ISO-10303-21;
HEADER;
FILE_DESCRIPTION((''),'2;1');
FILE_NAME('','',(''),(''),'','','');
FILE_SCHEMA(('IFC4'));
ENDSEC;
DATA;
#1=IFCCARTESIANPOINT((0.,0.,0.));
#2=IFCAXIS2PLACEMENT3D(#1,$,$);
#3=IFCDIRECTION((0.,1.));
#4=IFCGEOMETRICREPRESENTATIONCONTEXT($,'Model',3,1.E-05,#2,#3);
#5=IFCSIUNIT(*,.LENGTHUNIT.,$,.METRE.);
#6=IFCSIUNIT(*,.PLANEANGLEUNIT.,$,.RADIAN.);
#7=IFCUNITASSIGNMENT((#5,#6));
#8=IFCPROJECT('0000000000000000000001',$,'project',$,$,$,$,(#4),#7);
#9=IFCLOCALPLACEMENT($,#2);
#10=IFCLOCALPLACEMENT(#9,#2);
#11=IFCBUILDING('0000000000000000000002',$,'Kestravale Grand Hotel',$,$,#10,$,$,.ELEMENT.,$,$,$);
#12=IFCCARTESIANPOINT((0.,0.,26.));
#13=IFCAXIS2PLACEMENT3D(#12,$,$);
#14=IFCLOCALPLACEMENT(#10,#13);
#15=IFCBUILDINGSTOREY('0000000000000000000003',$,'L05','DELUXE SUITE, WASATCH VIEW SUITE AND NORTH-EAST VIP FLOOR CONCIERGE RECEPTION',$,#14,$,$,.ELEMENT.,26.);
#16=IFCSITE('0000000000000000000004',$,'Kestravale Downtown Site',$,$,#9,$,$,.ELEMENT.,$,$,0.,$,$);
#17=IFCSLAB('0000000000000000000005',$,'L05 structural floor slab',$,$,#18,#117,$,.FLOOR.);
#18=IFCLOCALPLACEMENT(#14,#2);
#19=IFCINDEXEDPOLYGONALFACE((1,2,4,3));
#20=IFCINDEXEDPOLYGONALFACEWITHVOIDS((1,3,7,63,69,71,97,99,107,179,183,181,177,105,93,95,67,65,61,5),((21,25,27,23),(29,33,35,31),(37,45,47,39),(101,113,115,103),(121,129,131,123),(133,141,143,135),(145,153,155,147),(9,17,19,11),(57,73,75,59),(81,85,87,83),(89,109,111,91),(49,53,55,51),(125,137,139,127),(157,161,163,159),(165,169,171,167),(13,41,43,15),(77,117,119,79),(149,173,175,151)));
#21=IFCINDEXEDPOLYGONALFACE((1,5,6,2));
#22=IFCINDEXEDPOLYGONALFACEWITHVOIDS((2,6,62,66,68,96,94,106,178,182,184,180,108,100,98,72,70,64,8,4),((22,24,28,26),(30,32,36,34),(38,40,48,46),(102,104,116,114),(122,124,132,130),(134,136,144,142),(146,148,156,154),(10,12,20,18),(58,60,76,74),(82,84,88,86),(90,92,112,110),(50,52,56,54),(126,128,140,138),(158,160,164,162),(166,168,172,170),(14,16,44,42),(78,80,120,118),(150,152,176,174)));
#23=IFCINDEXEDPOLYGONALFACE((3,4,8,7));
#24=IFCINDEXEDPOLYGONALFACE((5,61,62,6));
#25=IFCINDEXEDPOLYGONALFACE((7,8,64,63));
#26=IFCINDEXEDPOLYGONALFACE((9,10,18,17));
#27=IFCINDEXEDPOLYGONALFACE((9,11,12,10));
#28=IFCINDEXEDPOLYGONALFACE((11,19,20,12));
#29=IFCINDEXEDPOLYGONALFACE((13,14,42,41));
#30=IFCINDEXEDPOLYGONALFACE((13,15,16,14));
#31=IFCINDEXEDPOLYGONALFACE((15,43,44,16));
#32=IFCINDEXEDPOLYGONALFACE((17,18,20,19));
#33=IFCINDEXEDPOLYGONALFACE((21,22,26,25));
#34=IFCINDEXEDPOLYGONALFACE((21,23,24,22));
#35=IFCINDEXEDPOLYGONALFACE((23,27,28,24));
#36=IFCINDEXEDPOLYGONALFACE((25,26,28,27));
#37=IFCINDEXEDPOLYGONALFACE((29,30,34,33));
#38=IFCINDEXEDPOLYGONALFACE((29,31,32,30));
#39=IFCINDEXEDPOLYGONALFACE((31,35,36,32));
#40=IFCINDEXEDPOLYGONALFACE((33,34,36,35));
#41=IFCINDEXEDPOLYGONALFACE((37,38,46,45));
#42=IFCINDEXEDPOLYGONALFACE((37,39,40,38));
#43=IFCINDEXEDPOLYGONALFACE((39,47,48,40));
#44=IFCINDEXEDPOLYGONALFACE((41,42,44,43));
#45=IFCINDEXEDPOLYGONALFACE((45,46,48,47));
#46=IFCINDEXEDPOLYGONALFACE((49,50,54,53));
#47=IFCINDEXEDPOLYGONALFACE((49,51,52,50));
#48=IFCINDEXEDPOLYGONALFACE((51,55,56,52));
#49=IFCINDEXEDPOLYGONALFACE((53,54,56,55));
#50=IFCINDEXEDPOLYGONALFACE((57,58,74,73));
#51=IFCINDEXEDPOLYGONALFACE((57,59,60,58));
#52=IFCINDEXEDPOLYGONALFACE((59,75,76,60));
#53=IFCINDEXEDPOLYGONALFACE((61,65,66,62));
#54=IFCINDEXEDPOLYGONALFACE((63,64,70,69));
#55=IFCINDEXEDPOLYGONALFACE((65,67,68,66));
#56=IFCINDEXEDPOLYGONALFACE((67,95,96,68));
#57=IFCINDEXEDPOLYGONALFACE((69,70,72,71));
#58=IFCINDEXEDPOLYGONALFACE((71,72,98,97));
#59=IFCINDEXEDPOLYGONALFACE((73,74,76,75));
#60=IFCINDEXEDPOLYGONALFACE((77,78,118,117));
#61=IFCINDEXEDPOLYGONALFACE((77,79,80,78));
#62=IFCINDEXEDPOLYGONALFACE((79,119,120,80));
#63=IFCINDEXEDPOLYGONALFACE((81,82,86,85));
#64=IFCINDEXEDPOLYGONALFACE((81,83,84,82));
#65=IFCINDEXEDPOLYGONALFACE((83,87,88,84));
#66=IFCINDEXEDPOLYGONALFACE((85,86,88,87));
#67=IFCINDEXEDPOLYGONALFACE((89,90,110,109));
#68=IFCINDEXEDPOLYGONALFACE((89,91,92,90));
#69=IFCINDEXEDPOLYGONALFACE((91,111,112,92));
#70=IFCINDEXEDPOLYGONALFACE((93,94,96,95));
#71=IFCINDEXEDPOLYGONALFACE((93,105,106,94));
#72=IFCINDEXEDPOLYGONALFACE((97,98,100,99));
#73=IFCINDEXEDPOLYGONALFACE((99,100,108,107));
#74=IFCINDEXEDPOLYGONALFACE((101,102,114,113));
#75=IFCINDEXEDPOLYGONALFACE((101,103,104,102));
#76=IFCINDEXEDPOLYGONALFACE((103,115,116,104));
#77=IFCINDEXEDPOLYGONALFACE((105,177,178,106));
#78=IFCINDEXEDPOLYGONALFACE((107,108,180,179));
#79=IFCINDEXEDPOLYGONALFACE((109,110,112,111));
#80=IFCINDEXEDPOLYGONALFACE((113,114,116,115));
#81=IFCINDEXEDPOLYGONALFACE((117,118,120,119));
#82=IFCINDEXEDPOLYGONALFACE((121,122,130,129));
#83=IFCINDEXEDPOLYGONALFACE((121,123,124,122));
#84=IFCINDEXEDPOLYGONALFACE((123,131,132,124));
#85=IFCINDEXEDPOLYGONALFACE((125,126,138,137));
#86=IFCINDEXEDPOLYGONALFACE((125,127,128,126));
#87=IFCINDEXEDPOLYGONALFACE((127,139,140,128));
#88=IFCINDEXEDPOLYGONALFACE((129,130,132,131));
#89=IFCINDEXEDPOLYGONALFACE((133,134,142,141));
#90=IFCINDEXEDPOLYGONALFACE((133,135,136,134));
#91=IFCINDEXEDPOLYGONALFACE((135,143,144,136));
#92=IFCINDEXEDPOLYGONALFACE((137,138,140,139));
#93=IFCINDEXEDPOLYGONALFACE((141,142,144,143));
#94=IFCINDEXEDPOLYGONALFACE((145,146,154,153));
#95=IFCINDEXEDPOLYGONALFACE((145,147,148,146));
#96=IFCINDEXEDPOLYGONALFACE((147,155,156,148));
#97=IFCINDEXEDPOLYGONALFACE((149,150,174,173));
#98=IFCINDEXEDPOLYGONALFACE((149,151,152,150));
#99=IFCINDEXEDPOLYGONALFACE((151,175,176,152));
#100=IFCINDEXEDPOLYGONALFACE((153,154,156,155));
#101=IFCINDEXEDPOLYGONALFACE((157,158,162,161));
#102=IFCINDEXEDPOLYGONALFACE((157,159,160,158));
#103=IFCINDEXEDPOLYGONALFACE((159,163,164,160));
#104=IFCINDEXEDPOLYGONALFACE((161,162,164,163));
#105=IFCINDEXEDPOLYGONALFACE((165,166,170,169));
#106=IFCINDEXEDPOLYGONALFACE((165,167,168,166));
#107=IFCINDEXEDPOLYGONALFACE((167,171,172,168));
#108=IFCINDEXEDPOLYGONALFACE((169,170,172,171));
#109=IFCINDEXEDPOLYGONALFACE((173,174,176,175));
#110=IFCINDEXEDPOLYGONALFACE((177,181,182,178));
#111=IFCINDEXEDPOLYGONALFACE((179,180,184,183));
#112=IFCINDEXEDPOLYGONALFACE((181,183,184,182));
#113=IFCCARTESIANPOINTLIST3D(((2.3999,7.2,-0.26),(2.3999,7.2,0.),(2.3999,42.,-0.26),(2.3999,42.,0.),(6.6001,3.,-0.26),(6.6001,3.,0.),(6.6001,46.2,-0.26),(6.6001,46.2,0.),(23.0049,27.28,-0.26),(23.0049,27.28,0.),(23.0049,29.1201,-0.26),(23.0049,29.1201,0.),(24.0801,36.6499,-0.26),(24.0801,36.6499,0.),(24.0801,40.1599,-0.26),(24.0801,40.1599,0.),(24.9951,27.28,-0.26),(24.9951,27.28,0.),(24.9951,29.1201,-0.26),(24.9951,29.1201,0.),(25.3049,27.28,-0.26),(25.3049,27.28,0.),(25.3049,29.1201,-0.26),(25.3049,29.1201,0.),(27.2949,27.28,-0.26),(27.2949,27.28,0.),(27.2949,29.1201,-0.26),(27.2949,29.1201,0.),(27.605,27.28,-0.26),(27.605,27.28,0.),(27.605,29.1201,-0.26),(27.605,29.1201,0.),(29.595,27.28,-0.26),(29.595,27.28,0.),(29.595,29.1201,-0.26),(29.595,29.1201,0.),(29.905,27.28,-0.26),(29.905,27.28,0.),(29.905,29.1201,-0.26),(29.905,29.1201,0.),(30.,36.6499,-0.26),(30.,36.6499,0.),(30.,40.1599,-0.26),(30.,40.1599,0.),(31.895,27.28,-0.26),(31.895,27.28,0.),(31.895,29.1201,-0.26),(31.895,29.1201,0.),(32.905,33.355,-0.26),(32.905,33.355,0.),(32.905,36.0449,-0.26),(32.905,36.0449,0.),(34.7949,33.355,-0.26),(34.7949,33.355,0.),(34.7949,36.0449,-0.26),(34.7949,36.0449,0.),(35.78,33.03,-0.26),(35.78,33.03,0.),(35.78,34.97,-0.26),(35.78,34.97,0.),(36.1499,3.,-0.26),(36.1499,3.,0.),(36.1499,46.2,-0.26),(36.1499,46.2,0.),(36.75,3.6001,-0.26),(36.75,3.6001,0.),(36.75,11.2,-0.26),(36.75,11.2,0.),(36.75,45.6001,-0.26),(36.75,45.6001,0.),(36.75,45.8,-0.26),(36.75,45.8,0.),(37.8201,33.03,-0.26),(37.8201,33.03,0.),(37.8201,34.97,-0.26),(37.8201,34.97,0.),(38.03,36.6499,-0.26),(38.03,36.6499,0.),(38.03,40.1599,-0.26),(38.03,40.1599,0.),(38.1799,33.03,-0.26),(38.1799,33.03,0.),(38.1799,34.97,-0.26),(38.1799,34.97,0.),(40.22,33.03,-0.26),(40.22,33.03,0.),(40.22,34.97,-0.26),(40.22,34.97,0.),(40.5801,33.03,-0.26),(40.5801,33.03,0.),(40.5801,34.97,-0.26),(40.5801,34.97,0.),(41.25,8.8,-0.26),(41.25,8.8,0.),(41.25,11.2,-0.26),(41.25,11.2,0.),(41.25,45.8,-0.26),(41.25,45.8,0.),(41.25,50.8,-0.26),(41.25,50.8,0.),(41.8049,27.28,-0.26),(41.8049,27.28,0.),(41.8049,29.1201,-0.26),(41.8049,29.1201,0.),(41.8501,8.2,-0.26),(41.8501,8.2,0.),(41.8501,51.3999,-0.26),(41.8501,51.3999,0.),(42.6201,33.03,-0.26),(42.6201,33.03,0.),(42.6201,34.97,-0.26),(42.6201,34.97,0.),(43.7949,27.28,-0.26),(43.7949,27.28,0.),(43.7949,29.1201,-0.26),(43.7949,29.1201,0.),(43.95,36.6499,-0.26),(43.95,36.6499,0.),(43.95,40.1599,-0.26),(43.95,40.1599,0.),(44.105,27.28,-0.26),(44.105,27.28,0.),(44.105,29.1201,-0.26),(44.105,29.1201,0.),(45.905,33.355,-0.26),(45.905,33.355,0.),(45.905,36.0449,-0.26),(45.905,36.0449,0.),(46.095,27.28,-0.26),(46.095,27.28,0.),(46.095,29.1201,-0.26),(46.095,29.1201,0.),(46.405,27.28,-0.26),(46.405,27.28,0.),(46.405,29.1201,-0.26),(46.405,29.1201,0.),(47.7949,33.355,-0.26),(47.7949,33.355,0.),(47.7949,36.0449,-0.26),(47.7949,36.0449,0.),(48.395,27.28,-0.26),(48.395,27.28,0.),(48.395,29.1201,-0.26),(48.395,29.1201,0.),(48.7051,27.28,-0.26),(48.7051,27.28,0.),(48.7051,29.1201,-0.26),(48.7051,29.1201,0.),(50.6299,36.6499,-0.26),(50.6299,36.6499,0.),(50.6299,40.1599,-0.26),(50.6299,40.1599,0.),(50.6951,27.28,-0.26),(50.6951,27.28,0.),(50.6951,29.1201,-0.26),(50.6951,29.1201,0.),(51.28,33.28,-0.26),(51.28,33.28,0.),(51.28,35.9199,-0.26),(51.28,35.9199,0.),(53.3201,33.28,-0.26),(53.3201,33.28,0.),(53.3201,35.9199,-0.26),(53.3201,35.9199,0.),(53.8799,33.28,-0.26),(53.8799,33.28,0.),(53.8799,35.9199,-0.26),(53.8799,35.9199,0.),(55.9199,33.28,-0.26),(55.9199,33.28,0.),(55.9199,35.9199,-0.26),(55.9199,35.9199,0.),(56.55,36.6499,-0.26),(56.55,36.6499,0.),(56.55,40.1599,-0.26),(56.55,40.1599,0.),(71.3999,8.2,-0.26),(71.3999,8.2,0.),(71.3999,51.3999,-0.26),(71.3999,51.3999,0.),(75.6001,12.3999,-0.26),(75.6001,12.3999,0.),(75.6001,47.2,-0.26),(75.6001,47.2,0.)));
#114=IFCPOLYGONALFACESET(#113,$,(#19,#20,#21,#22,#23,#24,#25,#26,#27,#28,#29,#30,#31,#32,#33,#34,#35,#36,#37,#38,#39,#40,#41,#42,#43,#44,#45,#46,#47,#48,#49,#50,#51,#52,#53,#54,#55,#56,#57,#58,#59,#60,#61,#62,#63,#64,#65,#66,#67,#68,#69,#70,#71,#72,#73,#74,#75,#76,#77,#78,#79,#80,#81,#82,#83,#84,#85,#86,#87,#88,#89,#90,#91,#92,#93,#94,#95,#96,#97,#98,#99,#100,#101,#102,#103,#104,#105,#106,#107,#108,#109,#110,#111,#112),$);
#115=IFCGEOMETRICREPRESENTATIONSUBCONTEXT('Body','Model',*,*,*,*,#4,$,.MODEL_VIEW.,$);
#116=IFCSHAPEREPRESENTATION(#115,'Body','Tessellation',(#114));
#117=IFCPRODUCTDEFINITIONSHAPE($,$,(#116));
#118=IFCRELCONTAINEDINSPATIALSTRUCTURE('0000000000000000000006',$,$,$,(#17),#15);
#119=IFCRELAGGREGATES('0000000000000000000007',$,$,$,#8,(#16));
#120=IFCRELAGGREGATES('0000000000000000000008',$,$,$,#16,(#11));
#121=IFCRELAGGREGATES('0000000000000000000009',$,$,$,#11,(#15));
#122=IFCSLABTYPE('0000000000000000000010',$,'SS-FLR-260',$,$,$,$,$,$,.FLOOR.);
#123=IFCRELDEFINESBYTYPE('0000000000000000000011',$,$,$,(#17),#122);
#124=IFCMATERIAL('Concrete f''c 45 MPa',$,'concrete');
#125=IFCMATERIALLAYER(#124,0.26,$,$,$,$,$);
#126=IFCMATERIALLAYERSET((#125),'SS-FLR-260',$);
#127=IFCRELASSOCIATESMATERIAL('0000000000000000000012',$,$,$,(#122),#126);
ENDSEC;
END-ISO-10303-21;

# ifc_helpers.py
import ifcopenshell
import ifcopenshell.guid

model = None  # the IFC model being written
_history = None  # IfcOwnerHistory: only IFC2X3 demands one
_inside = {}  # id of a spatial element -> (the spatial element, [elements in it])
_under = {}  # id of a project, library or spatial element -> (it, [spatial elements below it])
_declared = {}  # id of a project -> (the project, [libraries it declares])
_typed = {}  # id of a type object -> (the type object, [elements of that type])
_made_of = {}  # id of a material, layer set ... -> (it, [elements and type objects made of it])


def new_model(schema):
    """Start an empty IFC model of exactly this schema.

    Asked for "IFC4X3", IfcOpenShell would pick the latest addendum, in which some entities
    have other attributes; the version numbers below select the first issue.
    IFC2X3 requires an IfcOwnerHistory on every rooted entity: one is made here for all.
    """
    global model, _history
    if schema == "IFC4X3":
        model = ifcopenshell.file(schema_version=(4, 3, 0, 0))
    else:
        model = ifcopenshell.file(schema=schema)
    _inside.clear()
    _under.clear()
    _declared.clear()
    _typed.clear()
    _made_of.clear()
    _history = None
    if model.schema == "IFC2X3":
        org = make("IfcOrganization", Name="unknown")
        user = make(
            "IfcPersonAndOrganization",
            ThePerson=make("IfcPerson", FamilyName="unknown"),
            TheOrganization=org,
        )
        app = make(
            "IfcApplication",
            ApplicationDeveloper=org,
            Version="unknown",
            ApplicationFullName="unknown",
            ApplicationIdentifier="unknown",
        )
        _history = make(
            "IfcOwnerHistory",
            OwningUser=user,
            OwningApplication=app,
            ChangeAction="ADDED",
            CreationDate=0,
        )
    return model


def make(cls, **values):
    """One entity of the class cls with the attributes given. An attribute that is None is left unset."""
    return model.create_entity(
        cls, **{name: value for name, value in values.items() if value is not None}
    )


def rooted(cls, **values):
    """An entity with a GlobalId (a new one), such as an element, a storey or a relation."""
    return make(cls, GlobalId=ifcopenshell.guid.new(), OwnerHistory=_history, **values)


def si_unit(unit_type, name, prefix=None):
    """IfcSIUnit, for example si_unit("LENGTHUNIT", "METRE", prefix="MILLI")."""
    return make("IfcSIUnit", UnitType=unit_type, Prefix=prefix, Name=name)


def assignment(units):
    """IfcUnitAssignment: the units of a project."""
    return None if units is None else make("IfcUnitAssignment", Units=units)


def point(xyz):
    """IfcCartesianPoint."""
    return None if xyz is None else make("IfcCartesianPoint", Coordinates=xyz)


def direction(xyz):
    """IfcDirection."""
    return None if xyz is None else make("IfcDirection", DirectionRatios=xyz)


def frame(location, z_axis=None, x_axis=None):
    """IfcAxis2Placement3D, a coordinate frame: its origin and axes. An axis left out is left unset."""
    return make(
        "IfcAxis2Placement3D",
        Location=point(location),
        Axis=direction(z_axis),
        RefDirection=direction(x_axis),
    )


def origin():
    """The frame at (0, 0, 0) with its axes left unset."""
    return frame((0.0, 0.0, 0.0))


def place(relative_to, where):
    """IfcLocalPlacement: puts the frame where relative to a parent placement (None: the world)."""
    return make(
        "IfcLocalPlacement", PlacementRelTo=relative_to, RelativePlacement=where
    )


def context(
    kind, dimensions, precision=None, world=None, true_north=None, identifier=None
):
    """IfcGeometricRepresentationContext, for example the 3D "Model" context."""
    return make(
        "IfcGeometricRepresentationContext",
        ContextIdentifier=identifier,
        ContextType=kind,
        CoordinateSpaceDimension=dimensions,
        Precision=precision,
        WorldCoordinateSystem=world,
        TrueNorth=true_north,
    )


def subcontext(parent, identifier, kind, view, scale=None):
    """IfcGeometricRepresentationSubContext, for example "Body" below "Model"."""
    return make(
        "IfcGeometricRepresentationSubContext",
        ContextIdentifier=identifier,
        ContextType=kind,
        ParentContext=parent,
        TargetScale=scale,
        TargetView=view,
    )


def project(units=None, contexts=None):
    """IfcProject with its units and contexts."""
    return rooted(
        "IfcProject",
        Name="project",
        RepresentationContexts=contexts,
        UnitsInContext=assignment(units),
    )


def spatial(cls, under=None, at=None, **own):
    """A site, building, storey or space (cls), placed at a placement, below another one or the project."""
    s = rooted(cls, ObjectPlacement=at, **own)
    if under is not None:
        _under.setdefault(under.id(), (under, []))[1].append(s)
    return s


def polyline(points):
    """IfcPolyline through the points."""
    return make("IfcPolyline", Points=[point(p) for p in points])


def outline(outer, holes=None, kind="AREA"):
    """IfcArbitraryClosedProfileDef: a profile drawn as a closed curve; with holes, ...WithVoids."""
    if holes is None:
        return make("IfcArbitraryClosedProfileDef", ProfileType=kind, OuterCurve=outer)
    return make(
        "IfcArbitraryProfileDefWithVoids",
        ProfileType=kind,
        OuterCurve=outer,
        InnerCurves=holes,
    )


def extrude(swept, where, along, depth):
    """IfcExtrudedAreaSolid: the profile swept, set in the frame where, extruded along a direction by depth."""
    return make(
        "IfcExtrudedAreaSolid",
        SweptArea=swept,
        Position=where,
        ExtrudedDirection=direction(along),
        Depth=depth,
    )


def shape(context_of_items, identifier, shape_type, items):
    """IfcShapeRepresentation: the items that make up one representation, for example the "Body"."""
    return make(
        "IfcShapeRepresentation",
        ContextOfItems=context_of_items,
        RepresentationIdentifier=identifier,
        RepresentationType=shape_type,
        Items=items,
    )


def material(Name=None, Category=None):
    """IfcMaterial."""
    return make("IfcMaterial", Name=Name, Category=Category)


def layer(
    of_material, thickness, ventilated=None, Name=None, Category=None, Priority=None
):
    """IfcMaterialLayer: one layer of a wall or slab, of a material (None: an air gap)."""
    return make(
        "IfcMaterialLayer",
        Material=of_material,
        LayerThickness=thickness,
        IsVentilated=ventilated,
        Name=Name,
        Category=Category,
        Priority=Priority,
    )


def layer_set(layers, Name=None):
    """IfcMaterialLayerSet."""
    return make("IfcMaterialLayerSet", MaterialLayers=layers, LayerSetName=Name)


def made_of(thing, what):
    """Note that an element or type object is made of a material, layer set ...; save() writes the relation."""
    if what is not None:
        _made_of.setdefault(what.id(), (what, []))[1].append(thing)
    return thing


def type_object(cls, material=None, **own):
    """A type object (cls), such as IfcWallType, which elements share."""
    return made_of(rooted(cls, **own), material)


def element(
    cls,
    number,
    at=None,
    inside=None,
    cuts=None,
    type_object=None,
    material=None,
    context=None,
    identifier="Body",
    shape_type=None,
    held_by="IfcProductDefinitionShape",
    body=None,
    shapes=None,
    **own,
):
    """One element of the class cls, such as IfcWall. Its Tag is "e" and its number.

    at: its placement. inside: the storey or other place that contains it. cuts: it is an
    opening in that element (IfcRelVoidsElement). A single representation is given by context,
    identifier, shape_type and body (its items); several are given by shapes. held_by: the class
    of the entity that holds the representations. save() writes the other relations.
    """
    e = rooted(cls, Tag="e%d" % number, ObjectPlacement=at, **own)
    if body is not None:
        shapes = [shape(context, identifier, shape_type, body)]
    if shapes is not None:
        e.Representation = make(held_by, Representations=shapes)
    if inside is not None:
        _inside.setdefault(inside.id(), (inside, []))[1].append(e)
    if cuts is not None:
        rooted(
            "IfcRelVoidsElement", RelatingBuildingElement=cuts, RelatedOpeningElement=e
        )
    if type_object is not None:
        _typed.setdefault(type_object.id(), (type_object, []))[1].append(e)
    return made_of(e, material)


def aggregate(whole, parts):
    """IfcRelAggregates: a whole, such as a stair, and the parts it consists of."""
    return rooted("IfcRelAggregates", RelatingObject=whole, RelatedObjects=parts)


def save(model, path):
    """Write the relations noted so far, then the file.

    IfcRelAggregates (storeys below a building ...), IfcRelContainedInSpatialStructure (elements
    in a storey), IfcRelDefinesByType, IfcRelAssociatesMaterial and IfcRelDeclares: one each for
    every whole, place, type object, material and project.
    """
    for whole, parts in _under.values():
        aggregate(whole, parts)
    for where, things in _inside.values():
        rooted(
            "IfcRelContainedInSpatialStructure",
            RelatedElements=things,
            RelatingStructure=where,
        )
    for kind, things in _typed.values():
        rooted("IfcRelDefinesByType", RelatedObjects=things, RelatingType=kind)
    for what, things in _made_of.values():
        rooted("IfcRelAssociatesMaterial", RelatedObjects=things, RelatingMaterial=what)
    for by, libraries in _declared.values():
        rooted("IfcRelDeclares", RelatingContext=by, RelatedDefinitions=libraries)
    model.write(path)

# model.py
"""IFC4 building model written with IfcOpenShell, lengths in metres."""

from ifc_helpers import new_model, si_unit, direction, frame, origin, place, context, subcontext, project, spatial, polyline, outline, extrude, material, layer, layer_set, type_object, element, save


model = new_model("IFC4")

# Units and contexts
model_context = context("Model", 3, precision=1e-05, world=origin(), true_north=direction((0.0, 1.0)))
body_context = subcontext(model_context, "Body", "Model", "MODEL_VIEW")
ifc_project = project(units=[si_unit("LENGTHUNIT", "METRE"), si_unit("PLANEANGLEUNIT", "RADIAN")], contexts=[model_context])

# Site, building, storey
site_placement = place(None, origin())
site = spatial("IfcSite", under=ifc_project, at=site_placement, Name="Kestravale Downtown Site", CompositionType="ELEMENT", RefElevation=0.0)
building_placement = place(site_placement, origin())
building = spatial("IfcBuilding", under=site, at=building_placement, Name="Kestravale Grand Hotel", CompositionType="ELEMENT")
storey_placement = place(building_placement, frame((0.0, 0.0, 26.0)))
storey = spatial("IfcBuildingStorey", under=building, at=storey_placement, Name="L05", Description="DELUXE SUITE, WASATCH VIEW SUITE AND NORTH-EAST VIP FLOOR CONCIERGE RECEPTION", CompositionType="ELEMENT", Elevation=26.0)

# Slab
ifc_material_1 = material(Name="Concrete f'c 45 MPa", Category="concrete")
ifc_layer_1 = layer(ifc_material_1, 0.26)
ifc_layer_set_1 = layer_set([ifc_layer_1], Name="SS-FLR-260")
slab_type_1 = type_object("IfcSlabType", Name="SS-FLR-260", PredefinedType="FLOOR", material=ifc_layer_set_1)
slab_1_placement = place(storey_placement, frame((0.0, 0.0, -0.26)))
element("IfcSlab", 1, at=slab_1_placement, inside=storey, type_object=slab_type_1, Name="L05 structural floor slab", PredefinedType="FLOOR", context=body_context, shape_type="SweptSolid", body=[
    extrude(outline(polyline([(6.6001, 3.0), (36.1499, 3.0), (36.75, 3.6001), (36.75, 11.2), (41.25, 11.2), (41.25, 8.8), (41.8501, 8.2), (71.3999, 8.2), (75.6001, 12.3999), (75.6001, 47.2), (71.3999, 51.3999), (41.8501, 51.3999), (41.25, 50.8), (41.25, 45.8), (36.75, 45.8), (36.75, 45.6001), (36.1499, 46.2), (6.6001, 46.2), (2.3999, 42.0), (2.3999, 7.2), (6.6001, 3.0)]), holes=[polyline([(24.0801, 36.6499), (30.0, 36.6499), (30.0, 40.1599), (24.0801, 40.1599), (24.0801, 36.6499)]), polyline([(38.03, 36.6499), (43.95, 36.6499), (43.95, 40.1599), (38.03, 40.1599), (38.03, 36.6499)]), polyline([(50.6299, 36.6499), (56.55, 36.6499), (56.55, 40.1599), (50.6299, 40.1599), (50.6299, 36.6499)]), polyline([(23.0049, 27.28), (24.9951, 27.28), (24.9951, 29.1201), (23.0049, 29.1201), (23.0049, 27.28)]), polyline([(25.3049, 27.28), (27.2949, 27.28), (27.2949, 29.1201), (25.3049, 29.1201), (25.3049, 27.28)]), polyline([(27.605, 27.28), (29.595, 27.28), (29.595, 29.1201), (27.605, 29.1201), (27.605, 27.28)]), polyline([(29.905, 27.28), (31.895, 27.28), (31.895, 29.1201), (29.905, 29.1201), (29.905, 27.28)]), polyline([(41.8049, 27.28), (43.7949, 27.28), (43.7949, 29.1201), (41.8049, 29.1201), (41.8049, 27.28)]), polyline([(44.105, 27.28), (46.095, 27.28), (46.095, 29.1201), (44.105, 29.1201), (44.105, 27.28)]), polyline([(46.405, 27.28), (48.395, 27.28), (48.395, 29.1201), (46.405, 29.1201), (46.405, 27.28)]), polyline([(48.7051, 27.28), (50.6951, 27.28), (50.6951, 29.1201), (48.7051, 29.1201), (48.7051, 27.28)]), polyline([(35.78, 33.03), (37.8201, 33.03), (37.8201, 34.97), (35.78, 34.97), (35.78, 33.03)]), polyline([(38.1799, 33.03), (40.22, 33.03), (40.22, 34.97), (38.1799, 34.97), (38.1799, 33.03)]), polyline([(40.5801, 33.03), (42.6201, 33.03), (42.6201, 34.97), (40.5801, 34.97), (40.5801, 33.03)]), polyline([(32.905, 33.355), (34.7949, 33.355), (34.7949, 36.0449), (32.905, 36.0449), (32.905, 33.355)]), polyline([(45.905, 33.355), (47.7949, 33.355), (47.7949, 36.0449), (45.905, 36.0449), (45.905, 33.355)]), polyline([(51.28, 33.28), (53.3201, 33.28), (53.3201, 35.9199), (51.28, 35.9199), (51.28, 33.28)]), polyline([(53.8799, 33.28), (55.9199, 33.28), (55.9199, 35.9199), (53.8799, 35.9199), (53.8799, 33.28)])]), origin(), (0.0, 0.0, 1.0), 0.26),
])

save(model, "model.ifc")
